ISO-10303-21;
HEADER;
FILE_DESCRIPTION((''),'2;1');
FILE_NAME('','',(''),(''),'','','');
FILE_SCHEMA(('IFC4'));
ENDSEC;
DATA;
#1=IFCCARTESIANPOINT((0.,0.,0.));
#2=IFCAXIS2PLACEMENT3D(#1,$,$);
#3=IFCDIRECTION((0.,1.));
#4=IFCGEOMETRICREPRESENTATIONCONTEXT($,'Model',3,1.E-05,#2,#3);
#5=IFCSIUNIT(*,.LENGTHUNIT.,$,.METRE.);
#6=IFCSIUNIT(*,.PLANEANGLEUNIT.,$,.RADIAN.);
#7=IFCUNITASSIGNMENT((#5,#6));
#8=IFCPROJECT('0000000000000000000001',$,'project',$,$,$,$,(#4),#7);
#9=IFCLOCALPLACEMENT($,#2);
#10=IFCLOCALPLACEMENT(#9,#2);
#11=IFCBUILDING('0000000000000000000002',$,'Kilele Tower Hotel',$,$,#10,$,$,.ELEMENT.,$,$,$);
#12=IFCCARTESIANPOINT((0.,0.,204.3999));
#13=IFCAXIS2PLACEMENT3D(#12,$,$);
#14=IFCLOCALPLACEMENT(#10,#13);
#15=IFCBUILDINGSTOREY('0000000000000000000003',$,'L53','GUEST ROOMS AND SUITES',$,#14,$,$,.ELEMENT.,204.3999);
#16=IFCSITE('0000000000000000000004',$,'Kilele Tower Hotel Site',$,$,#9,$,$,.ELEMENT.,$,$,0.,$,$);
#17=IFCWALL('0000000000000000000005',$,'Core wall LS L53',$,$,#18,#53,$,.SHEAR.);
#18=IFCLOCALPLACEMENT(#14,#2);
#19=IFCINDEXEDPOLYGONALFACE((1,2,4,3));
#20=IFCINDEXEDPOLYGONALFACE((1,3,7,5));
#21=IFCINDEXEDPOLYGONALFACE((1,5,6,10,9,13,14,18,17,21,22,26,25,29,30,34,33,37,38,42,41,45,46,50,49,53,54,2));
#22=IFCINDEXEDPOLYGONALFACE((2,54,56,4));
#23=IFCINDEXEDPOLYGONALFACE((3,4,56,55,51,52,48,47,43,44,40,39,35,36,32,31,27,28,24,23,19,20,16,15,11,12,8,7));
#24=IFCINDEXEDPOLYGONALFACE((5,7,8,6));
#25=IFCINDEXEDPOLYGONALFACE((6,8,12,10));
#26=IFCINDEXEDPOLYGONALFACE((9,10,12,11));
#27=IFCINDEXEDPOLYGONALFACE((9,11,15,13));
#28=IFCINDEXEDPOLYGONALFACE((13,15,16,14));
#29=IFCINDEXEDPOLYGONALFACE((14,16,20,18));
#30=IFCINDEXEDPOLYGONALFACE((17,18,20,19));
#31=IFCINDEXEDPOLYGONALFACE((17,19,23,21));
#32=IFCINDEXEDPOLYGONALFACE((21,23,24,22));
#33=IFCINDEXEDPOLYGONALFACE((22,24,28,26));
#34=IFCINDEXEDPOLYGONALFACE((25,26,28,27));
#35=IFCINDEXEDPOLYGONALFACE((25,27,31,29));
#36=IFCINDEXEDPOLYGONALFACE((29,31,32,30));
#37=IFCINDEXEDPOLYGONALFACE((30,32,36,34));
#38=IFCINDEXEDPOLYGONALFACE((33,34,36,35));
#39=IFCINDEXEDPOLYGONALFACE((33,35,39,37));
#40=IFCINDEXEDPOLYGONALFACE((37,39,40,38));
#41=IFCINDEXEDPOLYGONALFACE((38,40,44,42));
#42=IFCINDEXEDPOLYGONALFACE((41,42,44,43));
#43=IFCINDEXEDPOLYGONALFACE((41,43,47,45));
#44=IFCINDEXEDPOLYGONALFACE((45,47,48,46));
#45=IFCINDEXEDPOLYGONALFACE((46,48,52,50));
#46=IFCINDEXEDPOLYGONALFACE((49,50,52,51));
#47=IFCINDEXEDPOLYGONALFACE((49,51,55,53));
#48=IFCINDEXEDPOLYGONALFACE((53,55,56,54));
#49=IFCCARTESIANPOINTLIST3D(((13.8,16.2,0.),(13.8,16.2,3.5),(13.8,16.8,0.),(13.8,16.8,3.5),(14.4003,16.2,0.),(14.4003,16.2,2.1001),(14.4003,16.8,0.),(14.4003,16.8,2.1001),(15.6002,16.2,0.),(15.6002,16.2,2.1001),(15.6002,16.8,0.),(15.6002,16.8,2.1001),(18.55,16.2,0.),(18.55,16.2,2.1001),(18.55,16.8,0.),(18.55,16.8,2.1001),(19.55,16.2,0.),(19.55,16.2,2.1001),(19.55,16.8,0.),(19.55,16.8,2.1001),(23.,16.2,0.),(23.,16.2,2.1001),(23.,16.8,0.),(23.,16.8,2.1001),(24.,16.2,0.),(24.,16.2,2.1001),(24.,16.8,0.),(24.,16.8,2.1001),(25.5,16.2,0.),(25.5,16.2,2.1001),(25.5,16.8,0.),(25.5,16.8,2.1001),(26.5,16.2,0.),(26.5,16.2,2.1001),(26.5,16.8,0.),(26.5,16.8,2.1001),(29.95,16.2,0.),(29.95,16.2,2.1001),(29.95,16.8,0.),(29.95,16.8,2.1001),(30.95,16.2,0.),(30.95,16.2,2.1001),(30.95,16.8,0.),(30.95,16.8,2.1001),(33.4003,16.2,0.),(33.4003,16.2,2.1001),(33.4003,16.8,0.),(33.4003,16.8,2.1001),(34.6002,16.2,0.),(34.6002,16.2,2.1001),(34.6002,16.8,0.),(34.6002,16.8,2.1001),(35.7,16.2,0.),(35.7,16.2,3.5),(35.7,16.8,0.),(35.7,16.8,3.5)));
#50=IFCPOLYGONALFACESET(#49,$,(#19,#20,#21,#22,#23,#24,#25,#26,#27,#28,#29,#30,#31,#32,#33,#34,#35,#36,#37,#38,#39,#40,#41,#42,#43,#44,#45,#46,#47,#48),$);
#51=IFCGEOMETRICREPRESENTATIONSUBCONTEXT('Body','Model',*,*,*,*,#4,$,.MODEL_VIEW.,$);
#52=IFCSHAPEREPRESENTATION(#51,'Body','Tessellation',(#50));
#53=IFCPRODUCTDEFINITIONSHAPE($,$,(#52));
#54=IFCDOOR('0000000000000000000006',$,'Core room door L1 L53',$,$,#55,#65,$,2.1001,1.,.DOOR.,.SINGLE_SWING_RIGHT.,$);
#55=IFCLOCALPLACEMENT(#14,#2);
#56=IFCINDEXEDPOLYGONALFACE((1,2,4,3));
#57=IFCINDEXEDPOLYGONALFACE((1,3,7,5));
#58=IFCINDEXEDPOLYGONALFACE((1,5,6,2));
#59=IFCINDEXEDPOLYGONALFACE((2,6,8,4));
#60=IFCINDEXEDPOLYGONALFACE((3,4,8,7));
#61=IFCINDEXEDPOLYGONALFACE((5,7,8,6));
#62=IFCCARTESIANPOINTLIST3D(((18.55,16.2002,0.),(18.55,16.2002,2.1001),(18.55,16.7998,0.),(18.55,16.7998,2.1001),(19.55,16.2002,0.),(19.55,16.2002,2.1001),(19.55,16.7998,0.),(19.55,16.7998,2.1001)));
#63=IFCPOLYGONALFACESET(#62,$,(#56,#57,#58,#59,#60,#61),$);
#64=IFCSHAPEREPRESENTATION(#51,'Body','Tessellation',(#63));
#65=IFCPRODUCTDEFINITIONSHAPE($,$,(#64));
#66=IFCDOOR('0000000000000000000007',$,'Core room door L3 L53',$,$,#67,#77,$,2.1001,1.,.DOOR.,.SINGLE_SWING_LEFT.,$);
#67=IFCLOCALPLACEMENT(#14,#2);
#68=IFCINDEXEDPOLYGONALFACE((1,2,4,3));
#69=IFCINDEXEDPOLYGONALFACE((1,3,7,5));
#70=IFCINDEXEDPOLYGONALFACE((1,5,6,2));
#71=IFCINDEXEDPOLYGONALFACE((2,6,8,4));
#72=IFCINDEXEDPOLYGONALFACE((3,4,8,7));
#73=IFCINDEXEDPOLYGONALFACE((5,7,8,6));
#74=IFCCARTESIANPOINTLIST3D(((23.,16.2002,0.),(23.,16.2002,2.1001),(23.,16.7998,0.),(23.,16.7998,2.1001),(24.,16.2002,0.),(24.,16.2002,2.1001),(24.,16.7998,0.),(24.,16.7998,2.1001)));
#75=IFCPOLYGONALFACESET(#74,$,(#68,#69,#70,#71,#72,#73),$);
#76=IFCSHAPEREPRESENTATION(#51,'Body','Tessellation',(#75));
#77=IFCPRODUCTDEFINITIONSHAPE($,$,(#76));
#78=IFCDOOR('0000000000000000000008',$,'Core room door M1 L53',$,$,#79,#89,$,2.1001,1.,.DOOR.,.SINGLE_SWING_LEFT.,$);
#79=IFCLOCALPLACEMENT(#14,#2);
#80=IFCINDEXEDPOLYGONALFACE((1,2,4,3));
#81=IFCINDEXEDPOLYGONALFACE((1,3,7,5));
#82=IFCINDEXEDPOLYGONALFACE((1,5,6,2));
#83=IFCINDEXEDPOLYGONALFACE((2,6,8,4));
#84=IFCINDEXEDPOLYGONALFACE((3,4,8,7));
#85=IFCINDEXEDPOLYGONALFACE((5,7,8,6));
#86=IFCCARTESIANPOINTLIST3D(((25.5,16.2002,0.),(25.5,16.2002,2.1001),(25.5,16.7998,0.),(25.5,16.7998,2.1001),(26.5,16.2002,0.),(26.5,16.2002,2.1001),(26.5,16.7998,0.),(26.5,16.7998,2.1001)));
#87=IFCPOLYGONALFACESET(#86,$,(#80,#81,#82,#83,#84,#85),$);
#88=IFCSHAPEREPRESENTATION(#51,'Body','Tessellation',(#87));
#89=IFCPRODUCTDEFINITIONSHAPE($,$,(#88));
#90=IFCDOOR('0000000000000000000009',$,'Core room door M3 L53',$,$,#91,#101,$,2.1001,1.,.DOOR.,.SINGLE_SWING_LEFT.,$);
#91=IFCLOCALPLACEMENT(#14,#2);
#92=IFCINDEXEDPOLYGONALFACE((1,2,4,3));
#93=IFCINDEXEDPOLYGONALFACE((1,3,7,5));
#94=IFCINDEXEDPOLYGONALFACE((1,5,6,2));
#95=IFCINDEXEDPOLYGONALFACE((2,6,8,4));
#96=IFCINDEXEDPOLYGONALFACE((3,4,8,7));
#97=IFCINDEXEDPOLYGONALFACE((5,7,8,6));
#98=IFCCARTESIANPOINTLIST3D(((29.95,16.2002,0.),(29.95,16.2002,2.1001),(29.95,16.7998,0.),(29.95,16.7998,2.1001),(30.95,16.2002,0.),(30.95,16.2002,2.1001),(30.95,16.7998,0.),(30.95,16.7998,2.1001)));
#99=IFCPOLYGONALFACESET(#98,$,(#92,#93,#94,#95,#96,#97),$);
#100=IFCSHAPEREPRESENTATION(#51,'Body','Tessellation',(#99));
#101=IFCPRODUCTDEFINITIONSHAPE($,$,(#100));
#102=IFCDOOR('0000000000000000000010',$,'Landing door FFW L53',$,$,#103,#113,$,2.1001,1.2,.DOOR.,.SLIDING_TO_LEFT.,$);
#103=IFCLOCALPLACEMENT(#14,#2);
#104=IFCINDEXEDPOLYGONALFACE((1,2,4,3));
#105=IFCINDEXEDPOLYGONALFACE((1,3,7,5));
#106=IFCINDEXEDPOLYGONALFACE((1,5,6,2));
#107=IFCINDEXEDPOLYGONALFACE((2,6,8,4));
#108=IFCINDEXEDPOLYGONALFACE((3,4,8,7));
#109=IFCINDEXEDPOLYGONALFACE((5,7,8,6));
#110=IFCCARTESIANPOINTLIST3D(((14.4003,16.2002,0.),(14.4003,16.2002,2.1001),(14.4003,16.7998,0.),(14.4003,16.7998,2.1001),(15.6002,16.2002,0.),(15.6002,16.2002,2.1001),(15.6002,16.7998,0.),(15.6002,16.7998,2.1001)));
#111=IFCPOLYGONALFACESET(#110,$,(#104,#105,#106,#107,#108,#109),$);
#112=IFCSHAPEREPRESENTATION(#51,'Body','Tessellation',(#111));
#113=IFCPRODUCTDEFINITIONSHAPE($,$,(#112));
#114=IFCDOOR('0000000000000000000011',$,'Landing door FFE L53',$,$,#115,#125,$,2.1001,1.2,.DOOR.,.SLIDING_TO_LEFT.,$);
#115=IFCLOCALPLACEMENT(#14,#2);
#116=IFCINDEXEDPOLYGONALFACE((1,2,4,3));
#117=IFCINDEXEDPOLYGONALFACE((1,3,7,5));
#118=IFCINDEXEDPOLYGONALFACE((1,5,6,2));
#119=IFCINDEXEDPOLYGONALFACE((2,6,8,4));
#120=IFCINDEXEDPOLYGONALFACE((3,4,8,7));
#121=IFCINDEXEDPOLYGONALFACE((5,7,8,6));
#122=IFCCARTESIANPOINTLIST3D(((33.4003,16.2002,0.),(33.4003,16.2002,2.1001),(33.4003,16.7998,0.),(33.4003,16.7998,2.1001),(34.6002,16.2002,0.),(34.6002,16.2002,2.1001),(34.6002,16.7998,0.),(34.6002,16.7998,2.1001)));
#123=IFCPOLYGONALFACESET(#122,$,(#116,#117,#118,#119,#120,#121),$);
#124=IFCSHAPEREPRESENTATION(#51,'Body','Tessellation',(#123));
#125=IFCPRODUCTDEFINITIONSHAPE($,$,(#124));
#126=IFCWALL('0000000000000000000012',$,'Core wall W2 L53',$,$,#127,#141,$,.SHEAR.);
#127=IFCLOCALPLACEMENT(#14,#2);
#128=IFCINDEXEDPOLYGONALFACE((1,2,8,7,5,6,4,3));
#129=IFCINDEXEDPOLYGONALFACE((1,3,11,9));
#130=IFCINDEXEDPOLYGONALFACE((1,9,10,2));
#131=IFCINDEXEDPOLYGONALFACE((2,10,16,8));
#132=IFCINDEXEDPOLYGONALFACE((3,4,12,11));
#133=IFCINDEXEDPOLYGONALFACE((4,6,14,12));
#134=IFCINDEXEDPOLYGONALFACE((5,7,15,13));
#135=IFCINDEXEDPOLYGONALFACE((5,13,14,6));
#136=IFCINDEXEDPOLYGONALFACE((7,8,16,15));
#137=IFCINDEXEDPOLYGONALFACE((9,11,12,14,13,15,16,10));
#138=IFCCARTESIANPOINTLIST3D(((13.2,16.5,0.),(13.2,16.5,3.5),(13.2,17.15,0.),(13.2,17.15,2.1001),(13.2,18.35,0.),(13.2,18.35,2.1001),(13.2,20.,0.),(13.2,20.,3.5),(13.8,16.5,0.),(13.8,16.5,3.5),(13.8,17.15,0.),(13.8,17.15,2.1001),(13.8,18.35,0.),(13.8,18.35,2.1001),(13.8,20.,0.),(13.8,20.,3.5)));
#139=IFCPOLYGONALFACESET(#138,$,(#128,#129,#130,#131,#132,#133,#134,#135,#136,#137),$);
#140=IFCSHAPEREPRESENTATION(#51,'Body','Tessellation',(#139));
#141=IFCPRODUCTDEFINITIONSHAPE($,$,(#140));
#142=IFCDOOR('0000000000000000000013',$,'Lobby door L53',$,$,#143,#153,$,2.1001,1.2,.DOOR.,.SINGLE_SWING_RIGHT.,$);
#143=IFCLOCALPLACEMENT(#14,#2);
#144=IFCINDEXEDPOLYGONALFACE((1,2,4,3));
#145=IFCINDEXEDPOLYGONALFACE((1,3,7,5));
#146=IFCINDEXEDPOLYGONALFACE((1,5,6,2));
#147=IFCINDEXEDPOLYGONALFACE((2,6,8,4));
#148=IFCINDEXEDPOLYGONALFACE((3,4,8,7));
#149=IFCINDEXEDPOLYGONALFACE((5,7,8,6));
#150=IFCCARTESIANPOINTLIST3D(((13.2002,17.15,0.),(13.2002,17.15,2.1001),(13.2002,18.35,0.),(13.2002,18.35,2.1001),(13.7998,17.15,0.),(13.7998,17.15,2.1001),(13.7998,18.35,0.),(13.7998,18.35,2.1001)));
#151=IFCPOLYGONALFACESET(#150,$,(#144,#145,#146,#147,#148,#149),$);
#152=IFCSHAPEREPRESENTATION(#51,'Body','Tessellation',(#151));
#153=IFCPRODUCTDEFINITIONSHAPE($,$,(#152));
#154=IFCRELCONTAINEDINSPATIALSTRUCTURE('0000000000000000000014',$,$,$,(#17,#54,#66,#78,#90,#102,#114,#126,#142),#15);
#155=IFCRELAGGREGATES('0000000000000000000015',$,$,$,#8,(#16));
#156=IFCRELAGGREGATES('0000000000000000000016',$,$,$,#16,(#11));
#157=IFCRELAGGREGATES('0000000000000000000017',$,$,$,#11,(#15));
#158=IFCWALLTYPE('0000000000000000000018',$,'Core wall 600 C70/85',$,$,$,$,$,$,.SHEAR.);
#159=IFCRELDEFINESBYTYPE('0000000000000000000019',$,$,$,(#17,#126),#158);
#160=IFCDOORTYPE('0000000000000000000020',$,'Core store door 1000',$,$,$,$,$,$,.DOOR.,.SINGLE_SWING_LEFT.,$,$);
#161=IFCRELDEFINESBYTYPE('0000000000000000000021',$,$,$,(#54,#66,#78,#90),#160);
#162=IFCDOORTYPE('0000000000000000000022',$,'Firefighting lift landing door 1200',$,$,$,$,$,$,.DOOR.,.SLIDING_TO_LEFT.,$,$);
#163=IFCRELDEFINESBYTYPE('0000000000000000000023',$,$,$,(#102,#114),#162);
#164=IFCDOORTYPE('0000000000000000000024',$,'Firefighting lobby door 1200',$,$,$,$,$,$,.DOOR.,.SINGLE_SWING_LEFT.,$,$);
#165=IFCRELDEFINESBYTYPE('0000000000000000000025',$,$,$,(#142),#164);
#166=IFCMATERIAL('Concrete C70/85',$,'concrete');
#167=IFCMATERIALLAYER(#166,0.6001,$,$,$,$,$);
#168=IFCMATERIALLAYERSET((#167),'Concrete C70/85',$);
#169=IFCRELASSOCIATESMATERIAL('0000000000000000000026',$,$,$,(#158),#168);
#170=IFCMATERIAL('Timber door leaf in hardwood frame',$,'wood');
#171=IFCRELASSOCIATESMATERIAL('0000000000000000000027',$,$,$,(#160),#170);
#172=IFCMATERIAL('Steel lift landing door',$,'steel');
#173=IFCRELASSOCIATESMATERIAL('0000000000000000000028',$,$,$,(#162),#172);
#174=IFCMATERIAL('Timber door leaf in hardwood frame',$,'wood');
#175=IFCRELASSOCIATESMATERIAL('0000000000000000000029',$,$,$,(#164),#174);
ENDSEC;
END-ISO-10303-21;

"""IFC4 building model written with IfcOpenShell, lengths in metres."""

from ifc_helpers import new_model, si_unit, direction, frame, frame_2d, origin, place, context, subcontext, project, spatial, rectangle, extrude, material, layer, layer_set, type_object, element, fill, save


model = new_model("IFC4")

# Units and contexts
model_context = context("Model", 3, precision=1e-05, world=origin(), true_north=direction((0.0, 1.0)))
body_context = subcontext(model_context, "Body", "Model", "MODEL_VIEW")
ifc_project = project(units=[si_unit("LENGTHUNIT", "METRE"), si_unit("PLANEANGLEUNIT", "RADIAN")], contexts=[model_context])

# Site, building, storey
site_placement = place(None, origin())
site = spatial("IfcSite", under=ifc_project, at=site_placement, Name="Kilele Tower Hotel Site", CompositionType="ELEMENT", RefElevation=0.0)
building_placement = place(site_placement, origin())
building = spatial("IfcBuilding", under=site, at=building_placement, Name="Kilele Tower Hotel", CompositionType="ELEMENT")
storey_placement = place(building_placement, frame((0.0, 0.0, 204.3999)))
storey = spatial("IfcBuildingStorey", under=building, at=storey_placement, Name="L53", Description="GUEST ROOMS AND SUITES", CompositionType="ELEMENT", Elevation=204.3999)

# Shared definitions
ifc_material_1 = material(Name="Concrete C70/85", Category="concrete")
ifc_layer_1 = layer(ifc_material_1, 0.6001)
ifc_layer_set_1 = layer_set([ifc_layer_1], Name="Concrete C70/85")
wall_type_1 = type_object("IfcWallType", Name="Core wall 600 C70/85", PredefinedType="SHEAR", material=ifc_layer_set_1)

# Wall, openings, doors
wall_1_placement = place(storey_placement, frame((13.8, 16.5, 0.0), z_axis=(0.0, 0.0, 1.0), x_axis=(1.0, 0.0, 0.0)))
wall_1 = element("IfcWall", 1, at=wall_1_placement, inside=storey, type_object=wall_type_1, Name="Core wall LS L53", PredefinedType="SHEAR", context=body_context, shape_type="SweptSolid", body=[
    extrude(rectangle(XDim=21.8999, YDim=0.6001, at=frame_2d((10.95, 0.0))), origin(), (0.0, 0.0, 1.0), 3.5),
])
opening_1_placement = place(wall_1_placement, frame((5.75, 0.0, 0.0), z_axis=(0.0, 0.0, 1.0), x_axis=(-1.0, 0.0, 0.0)))
opening_1 = element("IfcOpeningElement", 2, at=opening_1_placement, cuts=wall_1, PredefinedType="OPENING", context=body_context, shape_type="SweptSolid", body=[
    extrude(rectangle(XDim=1.0, YDim=2.1001, at=frame_2d((0.5, 1.05))), frame((0.0, 0.3101, 0.0), z_axis=(0.0, -1.0, 0.0), x_axis=(1.0, 0.0, 0.0)), (0.0, 0.0, 1.0), 0.6201),
])
opening_2_placement = place(wall_1_placement, frame((10.2, 0.0, 0.0), z_axis=(0.0, 0.0, 1.0), x_axis=(-1.0, 0.0, 0.0)))
opening_2 = element("IfcOpeningElement", 3, at=opening_2_placement, cuts=wall_1, PredefinedType="OPENING", context=body_context, shape_type="SweptSolid", body=[
    extrude(rectangle(XDim=1.0, YDim=2.1001, at=frame_2d((0.5, 1.05))), frame((0.0, 0.3101, 0.0), z_axis=(0.0, -1.0, 0.0), x_axis=(1.0, 0.0, 0.0)), (0.0, 0.0, 1.0), 0.6201),
])
opening_3_placement = place(wall_1_placement, frame((12.7, 0.0, 0.0), z_axis=(0.0, 0.0, 1.0), x_axis=(-1.0, 0.0, 0.0)))
opening_3 = element("IfcOpeningElement", 4, at=opening_3_placement, cuts=wall_1, PredefinedType="OPENING", context=body_context, shape_type="SweptSolid", body=[
    extrude(rectangle(XDim=1.0, YDim=2.1001, at=frame_2d((0.5, 1.05))), frame((0.0, 0.3101, 0.0), z_axis=(0.0, -1.0, 0.0), x_axis=(1.0, 0.0, 0.0)), (0.0, 0.0, 1.0), 0.6201),
])
opening_4_placement = place(wall_1_placement, frame((17.1499, 0.0, 0.0), z_axis=(0.0, 0.0, 1.0), x_axis=(-1.0, 0.0, 0.0)))
opening_4 = element("IfcOpeningElement", 5, at=opening_4_placement, cuts=wall_1, PredefinedType="OPENING", context=body_context, shape_type="SweptSolid", body=[
    extrude(rectangle(XDim=1.0, YDim=2.1001, at=frame_2d((0.5, 1.05))), frame((0.0, 0.3101, 0.0), z_axis=(0.0, -1.0, 0.0), x_axis=(1.0, 0.0, 0.0)), (0.0, 0.0, 1.0), 0.6201),
])
opening_5_placement = place(wall_1_placement, frame((0.6001, 0.0, 0.0)))
opening_5 = element("IfcOpeningElement", 6, at=opening_5_placement, cuts=wall_1, PredefinedType="OPENING", context=body_context, shape_type="SweptSolid", body=[
    extrude(rectangle(XDim=1.2, YDim=2.1001, at=frame_2d((0.6001, 1.05))), frame((0.0, 0.3101, 0.0), z_axis=(0.0, -1.0, 0.0), x_axis=(1.0, 0.0, 0.0)), (0.0, 0.0, 1.0), 0.6201),
])
opening_6_placement = place(wall_1_placement, frame((19.6001, 0.0, 0.0)))
opening_6 = element("IfcOpeningElement", 7, at=opening_6_placement, cuts=wall_1, PredefinedType="OPENING", context=body_context, shape_type="SweptSolid", body=[
    extrude(rectangle(XDim=1.2, YDim=2.1001, at=frame_2d((0.6001, 1.05))), frame((0.0, 0.3101, 0.0), z_axis=(0.0, -1.0, 0.0), x_axis=(1.0, 0.0, 0.0)), (0.0, 0.0, 1.0), 0.6201),
])
ifc_material_2 = material(Name="Timber door leaf in hardwood frame", Category="wood")
door_type_1 = type_object("IfcDoorType", Name="Core store door 1000", OperationType="SINGLE_SWING_LEFT", PredefinedType="DOOR", material=ifc_material_2)
door_1_placement = place(opening_1_placement, origin())
door_1 = element("IfcDoor", 8, at=door_1_placement, inside=storey, type_object=door_type_1, Name="Core room door L1 L53", OperationType="SINGLE_SWING_RIGHT", OverallHeight=2.1001, OverallWidth=1.0, PredefinedType="DOOR", context=body_context, shape_type="SweptSolid", body=[
    extrude(rectangle(XDim=1.0, YDim=2.1001, at=frame_2d((0.5, 1.05))), frame((0.0, 0.2998, 0.0), z_axis=(0.0, -1.0, 0.0), x_axis=(1.0, 0.0, 0.0)), (0.0, 0.0, 1.0), 0.5996),
])
fill(opening_1, door_1)
door_2_placement = place(opening_2_placement, origin())
door_2 = element("IfcDoor", 9, at=door_2_placement, inside=storey, type_object=door_type_1, Name="Core room door L3 L53", OperationType="SINGLE_SWING_LEFT", OverallHeight=2.1001, OverallWidth=1.0, PredefinedType="DOOR", context=body_context, shape_type="SweptSolid", body=[
    extrude(rectangle(XDim=1.0, YDim=2.1001, at=frame_2d((0.5, 1.05))), frame((0.0, 0.2998, 0.0), z_axis=(0.0, -1.0, 0.0), x_axis=(1.0, 0.0, 0.0)), (0.0, 0.0, 1.0), 0.5996),
])
fill(opening_2, door_2)
door_3_placement = place(opening_3_placement, origin())
door_3 = element("IfcDoor", 10, at=door_3_placement, inside=storey, type_object=door_type_1, Name="Core room door M1 L53", OperationType="SINGLE_SWING_LEFT", OverallHeight=2.1001, OverallWidth=1.0, PredefinedType="DOOR", context=body_context, shape_type="SweptSolid", body=[
    extrude(rectangle(XDim=1.0, YDim=2.1001, at=frame_2d((0.5, 1.05))), frame((0.0, 0.2998, 0.0), z_axis=(0.0, -1.0, 0.0), x_axis=(1.0, 0.0, 0.0)), (0.0, 0.0, 1.0), 0.5996),
])
fill(opening_3, door_3)
door_4_placement = place(opening_4_placement, origin())
door_4 = element("IfcDoor", 11, at=door_4_placement, inside=storey, type_object=door_type_1, Name="Core room door M3 L53", OperationType="SINGLE_SWING_LEFT", OverallHeight=2.1001, OverallWidth=1.0, PredefinedType="DOOR", context=body_context, shape_type="SweptSolid", body=[
    extrude(rectangle(XDim=1.0, YDim=2.1001, at=frame_2d((0.5, 1.05))), frame((0.0, 0.2998, 0.0), z_axis=(0.0, -1.0, 0.0), x_axis=(1.0, 0.0, 0.0)), (0.0, 0.0, 1.0), 0.5996),
])
fill(opening_4, door_4)
ifc_material_3 = material(Name="Steel lift landing door", Category="steel")
door_type_2 = type_object("IfcDoorType", Name="Firefighting lift landing door 1200", OperationType="SLIDING_TO_LEFT", PredefinedType="DOOR", material=ifc_material_3)
door_5_placement = place(opening_5_placement, origin())
door_5 = element("IfcDoor", 12, at=door_5_placement, inside=storey, type_object=door_type_2, Name="Landing door FFW L53", OperationType="SLIDING_TO_LEFT", OverallHeight=2.1001, OverallWidth=1.2, PredefinedType="DOOR", context=body_context, shape_type="SweptSolid", body=[
    extrude(rectangle(XDim=1.2, YDim=2.1001, at=frame_2d((0.6001, 1.05))), frame((0.0, 0.2998, 0.0), z_axis=(0.0, -1.0, 0.0), x_axis=(1.0, 0.0, 0.0)), (0.0, 0.0, 1.0), 0.5996),
])
fill(opening_5, door_5)
door_6_placement = place(opening_6_placement, origin())
door_6 = element("IfcDoor", 13, at=door_6_placement, inside=storey, type_object=door_type_2, Name="Landing door FFE L53", OperationType="SLIDING_TO_LEFT", OverallHeight=2.1001, OverallWidth=1.2, PredefinedType="DOOR", context=body_context, shape_type="SweptSolid", body=[
    extrude(rectangle(XDim=1.2, YDim=2.1001, at=frame_2d((0.6001, 1.05))), frame((0.0, 0.2998, 0.0), z_axis=(0.0, -1.0, 0.0), x_axis=(1.0, 0.0, 0.0)), (0.0, 0.0, 1.0), 0.5996),
])
fill(opening_6, door_6)

# Wall, opening, door
wall_2_placement = place(storey_placement, frame((13.5, 20.0, 0.0), z_axis=(0.0, 0.0, 1.0), x_axis=(0.0, -1.0, 0.0)))
wall_2 = element("IfcWall", 14, at=wall_2_placement, inside=storey, type_object=wall_type_1, Name="Core wall W2 L53", PredefinedType="SHEAR", context=body_context, shape_type="SweptSolid", body=[
    extrude(rectangle(XDim=3.5, YDim=0.6001, at=frame_2d((1.75, 0.0))), origin(), (0.0, 0.0, 1.0), 3.5),
])
opening_7_placement = place(wall_2_placement, frame((1.6499, 0.0, 0.0)))
opening_7 = element("IfcOpeningElement", 15, at=opening_7_placement, cuts=wall_2, PredefinedType="OPENING", context=body_context, shape_type="SweptSolid", body=[
    extrude(rectangle(XDim=1.2, YDim=2.1001, at=frame_2d((0.6001, 1.05))), frame((0.0, 0.3101, 0.0), z_axis=(0.0, -1.0, 0.0), x_axis=(1.0, 0.0, 0.0)), (0.0, 0.0, 1.0), 0.6201),
])
ifc_material_4 = material(Name="Timber door leaf in hardwood frame", Category="wood")
door_type_3 = type_object("IfcDoorType", Name="Firefighting lobby door 1200", OperationType="SINGLE_SWING_LEFT", PredefinedType="DOOR", material=ifc_material_4)
door_7_placement = place(opening_7_placement, origin())
door_7 = element("IfcDoor", 16, at=door_7_placement, inside=storey, type_object=door_type_3, Name="Lobby door L53", OperationType="SINGLE_SWING_RIGHT", OverallHeight=2.1001, OverallWidth=1.2, PredefinedType="DOOR", context=body_context, shape_type="SweptSolid", body=[
    extrude(rectangle(XDim=1.2, YDim=2.1001, at=frame_2d((0.6001, 1.05))), frame((0.0, 0.2998, 0.0), z_axis=(0.0, -1.0, 0.0), x_axis=(1.0, 0.0, 0.0)), (0.0, 0.0, 1.0), 0.5996),
])
fill(opening_7, door_7)

save(model, "model.ifc")
